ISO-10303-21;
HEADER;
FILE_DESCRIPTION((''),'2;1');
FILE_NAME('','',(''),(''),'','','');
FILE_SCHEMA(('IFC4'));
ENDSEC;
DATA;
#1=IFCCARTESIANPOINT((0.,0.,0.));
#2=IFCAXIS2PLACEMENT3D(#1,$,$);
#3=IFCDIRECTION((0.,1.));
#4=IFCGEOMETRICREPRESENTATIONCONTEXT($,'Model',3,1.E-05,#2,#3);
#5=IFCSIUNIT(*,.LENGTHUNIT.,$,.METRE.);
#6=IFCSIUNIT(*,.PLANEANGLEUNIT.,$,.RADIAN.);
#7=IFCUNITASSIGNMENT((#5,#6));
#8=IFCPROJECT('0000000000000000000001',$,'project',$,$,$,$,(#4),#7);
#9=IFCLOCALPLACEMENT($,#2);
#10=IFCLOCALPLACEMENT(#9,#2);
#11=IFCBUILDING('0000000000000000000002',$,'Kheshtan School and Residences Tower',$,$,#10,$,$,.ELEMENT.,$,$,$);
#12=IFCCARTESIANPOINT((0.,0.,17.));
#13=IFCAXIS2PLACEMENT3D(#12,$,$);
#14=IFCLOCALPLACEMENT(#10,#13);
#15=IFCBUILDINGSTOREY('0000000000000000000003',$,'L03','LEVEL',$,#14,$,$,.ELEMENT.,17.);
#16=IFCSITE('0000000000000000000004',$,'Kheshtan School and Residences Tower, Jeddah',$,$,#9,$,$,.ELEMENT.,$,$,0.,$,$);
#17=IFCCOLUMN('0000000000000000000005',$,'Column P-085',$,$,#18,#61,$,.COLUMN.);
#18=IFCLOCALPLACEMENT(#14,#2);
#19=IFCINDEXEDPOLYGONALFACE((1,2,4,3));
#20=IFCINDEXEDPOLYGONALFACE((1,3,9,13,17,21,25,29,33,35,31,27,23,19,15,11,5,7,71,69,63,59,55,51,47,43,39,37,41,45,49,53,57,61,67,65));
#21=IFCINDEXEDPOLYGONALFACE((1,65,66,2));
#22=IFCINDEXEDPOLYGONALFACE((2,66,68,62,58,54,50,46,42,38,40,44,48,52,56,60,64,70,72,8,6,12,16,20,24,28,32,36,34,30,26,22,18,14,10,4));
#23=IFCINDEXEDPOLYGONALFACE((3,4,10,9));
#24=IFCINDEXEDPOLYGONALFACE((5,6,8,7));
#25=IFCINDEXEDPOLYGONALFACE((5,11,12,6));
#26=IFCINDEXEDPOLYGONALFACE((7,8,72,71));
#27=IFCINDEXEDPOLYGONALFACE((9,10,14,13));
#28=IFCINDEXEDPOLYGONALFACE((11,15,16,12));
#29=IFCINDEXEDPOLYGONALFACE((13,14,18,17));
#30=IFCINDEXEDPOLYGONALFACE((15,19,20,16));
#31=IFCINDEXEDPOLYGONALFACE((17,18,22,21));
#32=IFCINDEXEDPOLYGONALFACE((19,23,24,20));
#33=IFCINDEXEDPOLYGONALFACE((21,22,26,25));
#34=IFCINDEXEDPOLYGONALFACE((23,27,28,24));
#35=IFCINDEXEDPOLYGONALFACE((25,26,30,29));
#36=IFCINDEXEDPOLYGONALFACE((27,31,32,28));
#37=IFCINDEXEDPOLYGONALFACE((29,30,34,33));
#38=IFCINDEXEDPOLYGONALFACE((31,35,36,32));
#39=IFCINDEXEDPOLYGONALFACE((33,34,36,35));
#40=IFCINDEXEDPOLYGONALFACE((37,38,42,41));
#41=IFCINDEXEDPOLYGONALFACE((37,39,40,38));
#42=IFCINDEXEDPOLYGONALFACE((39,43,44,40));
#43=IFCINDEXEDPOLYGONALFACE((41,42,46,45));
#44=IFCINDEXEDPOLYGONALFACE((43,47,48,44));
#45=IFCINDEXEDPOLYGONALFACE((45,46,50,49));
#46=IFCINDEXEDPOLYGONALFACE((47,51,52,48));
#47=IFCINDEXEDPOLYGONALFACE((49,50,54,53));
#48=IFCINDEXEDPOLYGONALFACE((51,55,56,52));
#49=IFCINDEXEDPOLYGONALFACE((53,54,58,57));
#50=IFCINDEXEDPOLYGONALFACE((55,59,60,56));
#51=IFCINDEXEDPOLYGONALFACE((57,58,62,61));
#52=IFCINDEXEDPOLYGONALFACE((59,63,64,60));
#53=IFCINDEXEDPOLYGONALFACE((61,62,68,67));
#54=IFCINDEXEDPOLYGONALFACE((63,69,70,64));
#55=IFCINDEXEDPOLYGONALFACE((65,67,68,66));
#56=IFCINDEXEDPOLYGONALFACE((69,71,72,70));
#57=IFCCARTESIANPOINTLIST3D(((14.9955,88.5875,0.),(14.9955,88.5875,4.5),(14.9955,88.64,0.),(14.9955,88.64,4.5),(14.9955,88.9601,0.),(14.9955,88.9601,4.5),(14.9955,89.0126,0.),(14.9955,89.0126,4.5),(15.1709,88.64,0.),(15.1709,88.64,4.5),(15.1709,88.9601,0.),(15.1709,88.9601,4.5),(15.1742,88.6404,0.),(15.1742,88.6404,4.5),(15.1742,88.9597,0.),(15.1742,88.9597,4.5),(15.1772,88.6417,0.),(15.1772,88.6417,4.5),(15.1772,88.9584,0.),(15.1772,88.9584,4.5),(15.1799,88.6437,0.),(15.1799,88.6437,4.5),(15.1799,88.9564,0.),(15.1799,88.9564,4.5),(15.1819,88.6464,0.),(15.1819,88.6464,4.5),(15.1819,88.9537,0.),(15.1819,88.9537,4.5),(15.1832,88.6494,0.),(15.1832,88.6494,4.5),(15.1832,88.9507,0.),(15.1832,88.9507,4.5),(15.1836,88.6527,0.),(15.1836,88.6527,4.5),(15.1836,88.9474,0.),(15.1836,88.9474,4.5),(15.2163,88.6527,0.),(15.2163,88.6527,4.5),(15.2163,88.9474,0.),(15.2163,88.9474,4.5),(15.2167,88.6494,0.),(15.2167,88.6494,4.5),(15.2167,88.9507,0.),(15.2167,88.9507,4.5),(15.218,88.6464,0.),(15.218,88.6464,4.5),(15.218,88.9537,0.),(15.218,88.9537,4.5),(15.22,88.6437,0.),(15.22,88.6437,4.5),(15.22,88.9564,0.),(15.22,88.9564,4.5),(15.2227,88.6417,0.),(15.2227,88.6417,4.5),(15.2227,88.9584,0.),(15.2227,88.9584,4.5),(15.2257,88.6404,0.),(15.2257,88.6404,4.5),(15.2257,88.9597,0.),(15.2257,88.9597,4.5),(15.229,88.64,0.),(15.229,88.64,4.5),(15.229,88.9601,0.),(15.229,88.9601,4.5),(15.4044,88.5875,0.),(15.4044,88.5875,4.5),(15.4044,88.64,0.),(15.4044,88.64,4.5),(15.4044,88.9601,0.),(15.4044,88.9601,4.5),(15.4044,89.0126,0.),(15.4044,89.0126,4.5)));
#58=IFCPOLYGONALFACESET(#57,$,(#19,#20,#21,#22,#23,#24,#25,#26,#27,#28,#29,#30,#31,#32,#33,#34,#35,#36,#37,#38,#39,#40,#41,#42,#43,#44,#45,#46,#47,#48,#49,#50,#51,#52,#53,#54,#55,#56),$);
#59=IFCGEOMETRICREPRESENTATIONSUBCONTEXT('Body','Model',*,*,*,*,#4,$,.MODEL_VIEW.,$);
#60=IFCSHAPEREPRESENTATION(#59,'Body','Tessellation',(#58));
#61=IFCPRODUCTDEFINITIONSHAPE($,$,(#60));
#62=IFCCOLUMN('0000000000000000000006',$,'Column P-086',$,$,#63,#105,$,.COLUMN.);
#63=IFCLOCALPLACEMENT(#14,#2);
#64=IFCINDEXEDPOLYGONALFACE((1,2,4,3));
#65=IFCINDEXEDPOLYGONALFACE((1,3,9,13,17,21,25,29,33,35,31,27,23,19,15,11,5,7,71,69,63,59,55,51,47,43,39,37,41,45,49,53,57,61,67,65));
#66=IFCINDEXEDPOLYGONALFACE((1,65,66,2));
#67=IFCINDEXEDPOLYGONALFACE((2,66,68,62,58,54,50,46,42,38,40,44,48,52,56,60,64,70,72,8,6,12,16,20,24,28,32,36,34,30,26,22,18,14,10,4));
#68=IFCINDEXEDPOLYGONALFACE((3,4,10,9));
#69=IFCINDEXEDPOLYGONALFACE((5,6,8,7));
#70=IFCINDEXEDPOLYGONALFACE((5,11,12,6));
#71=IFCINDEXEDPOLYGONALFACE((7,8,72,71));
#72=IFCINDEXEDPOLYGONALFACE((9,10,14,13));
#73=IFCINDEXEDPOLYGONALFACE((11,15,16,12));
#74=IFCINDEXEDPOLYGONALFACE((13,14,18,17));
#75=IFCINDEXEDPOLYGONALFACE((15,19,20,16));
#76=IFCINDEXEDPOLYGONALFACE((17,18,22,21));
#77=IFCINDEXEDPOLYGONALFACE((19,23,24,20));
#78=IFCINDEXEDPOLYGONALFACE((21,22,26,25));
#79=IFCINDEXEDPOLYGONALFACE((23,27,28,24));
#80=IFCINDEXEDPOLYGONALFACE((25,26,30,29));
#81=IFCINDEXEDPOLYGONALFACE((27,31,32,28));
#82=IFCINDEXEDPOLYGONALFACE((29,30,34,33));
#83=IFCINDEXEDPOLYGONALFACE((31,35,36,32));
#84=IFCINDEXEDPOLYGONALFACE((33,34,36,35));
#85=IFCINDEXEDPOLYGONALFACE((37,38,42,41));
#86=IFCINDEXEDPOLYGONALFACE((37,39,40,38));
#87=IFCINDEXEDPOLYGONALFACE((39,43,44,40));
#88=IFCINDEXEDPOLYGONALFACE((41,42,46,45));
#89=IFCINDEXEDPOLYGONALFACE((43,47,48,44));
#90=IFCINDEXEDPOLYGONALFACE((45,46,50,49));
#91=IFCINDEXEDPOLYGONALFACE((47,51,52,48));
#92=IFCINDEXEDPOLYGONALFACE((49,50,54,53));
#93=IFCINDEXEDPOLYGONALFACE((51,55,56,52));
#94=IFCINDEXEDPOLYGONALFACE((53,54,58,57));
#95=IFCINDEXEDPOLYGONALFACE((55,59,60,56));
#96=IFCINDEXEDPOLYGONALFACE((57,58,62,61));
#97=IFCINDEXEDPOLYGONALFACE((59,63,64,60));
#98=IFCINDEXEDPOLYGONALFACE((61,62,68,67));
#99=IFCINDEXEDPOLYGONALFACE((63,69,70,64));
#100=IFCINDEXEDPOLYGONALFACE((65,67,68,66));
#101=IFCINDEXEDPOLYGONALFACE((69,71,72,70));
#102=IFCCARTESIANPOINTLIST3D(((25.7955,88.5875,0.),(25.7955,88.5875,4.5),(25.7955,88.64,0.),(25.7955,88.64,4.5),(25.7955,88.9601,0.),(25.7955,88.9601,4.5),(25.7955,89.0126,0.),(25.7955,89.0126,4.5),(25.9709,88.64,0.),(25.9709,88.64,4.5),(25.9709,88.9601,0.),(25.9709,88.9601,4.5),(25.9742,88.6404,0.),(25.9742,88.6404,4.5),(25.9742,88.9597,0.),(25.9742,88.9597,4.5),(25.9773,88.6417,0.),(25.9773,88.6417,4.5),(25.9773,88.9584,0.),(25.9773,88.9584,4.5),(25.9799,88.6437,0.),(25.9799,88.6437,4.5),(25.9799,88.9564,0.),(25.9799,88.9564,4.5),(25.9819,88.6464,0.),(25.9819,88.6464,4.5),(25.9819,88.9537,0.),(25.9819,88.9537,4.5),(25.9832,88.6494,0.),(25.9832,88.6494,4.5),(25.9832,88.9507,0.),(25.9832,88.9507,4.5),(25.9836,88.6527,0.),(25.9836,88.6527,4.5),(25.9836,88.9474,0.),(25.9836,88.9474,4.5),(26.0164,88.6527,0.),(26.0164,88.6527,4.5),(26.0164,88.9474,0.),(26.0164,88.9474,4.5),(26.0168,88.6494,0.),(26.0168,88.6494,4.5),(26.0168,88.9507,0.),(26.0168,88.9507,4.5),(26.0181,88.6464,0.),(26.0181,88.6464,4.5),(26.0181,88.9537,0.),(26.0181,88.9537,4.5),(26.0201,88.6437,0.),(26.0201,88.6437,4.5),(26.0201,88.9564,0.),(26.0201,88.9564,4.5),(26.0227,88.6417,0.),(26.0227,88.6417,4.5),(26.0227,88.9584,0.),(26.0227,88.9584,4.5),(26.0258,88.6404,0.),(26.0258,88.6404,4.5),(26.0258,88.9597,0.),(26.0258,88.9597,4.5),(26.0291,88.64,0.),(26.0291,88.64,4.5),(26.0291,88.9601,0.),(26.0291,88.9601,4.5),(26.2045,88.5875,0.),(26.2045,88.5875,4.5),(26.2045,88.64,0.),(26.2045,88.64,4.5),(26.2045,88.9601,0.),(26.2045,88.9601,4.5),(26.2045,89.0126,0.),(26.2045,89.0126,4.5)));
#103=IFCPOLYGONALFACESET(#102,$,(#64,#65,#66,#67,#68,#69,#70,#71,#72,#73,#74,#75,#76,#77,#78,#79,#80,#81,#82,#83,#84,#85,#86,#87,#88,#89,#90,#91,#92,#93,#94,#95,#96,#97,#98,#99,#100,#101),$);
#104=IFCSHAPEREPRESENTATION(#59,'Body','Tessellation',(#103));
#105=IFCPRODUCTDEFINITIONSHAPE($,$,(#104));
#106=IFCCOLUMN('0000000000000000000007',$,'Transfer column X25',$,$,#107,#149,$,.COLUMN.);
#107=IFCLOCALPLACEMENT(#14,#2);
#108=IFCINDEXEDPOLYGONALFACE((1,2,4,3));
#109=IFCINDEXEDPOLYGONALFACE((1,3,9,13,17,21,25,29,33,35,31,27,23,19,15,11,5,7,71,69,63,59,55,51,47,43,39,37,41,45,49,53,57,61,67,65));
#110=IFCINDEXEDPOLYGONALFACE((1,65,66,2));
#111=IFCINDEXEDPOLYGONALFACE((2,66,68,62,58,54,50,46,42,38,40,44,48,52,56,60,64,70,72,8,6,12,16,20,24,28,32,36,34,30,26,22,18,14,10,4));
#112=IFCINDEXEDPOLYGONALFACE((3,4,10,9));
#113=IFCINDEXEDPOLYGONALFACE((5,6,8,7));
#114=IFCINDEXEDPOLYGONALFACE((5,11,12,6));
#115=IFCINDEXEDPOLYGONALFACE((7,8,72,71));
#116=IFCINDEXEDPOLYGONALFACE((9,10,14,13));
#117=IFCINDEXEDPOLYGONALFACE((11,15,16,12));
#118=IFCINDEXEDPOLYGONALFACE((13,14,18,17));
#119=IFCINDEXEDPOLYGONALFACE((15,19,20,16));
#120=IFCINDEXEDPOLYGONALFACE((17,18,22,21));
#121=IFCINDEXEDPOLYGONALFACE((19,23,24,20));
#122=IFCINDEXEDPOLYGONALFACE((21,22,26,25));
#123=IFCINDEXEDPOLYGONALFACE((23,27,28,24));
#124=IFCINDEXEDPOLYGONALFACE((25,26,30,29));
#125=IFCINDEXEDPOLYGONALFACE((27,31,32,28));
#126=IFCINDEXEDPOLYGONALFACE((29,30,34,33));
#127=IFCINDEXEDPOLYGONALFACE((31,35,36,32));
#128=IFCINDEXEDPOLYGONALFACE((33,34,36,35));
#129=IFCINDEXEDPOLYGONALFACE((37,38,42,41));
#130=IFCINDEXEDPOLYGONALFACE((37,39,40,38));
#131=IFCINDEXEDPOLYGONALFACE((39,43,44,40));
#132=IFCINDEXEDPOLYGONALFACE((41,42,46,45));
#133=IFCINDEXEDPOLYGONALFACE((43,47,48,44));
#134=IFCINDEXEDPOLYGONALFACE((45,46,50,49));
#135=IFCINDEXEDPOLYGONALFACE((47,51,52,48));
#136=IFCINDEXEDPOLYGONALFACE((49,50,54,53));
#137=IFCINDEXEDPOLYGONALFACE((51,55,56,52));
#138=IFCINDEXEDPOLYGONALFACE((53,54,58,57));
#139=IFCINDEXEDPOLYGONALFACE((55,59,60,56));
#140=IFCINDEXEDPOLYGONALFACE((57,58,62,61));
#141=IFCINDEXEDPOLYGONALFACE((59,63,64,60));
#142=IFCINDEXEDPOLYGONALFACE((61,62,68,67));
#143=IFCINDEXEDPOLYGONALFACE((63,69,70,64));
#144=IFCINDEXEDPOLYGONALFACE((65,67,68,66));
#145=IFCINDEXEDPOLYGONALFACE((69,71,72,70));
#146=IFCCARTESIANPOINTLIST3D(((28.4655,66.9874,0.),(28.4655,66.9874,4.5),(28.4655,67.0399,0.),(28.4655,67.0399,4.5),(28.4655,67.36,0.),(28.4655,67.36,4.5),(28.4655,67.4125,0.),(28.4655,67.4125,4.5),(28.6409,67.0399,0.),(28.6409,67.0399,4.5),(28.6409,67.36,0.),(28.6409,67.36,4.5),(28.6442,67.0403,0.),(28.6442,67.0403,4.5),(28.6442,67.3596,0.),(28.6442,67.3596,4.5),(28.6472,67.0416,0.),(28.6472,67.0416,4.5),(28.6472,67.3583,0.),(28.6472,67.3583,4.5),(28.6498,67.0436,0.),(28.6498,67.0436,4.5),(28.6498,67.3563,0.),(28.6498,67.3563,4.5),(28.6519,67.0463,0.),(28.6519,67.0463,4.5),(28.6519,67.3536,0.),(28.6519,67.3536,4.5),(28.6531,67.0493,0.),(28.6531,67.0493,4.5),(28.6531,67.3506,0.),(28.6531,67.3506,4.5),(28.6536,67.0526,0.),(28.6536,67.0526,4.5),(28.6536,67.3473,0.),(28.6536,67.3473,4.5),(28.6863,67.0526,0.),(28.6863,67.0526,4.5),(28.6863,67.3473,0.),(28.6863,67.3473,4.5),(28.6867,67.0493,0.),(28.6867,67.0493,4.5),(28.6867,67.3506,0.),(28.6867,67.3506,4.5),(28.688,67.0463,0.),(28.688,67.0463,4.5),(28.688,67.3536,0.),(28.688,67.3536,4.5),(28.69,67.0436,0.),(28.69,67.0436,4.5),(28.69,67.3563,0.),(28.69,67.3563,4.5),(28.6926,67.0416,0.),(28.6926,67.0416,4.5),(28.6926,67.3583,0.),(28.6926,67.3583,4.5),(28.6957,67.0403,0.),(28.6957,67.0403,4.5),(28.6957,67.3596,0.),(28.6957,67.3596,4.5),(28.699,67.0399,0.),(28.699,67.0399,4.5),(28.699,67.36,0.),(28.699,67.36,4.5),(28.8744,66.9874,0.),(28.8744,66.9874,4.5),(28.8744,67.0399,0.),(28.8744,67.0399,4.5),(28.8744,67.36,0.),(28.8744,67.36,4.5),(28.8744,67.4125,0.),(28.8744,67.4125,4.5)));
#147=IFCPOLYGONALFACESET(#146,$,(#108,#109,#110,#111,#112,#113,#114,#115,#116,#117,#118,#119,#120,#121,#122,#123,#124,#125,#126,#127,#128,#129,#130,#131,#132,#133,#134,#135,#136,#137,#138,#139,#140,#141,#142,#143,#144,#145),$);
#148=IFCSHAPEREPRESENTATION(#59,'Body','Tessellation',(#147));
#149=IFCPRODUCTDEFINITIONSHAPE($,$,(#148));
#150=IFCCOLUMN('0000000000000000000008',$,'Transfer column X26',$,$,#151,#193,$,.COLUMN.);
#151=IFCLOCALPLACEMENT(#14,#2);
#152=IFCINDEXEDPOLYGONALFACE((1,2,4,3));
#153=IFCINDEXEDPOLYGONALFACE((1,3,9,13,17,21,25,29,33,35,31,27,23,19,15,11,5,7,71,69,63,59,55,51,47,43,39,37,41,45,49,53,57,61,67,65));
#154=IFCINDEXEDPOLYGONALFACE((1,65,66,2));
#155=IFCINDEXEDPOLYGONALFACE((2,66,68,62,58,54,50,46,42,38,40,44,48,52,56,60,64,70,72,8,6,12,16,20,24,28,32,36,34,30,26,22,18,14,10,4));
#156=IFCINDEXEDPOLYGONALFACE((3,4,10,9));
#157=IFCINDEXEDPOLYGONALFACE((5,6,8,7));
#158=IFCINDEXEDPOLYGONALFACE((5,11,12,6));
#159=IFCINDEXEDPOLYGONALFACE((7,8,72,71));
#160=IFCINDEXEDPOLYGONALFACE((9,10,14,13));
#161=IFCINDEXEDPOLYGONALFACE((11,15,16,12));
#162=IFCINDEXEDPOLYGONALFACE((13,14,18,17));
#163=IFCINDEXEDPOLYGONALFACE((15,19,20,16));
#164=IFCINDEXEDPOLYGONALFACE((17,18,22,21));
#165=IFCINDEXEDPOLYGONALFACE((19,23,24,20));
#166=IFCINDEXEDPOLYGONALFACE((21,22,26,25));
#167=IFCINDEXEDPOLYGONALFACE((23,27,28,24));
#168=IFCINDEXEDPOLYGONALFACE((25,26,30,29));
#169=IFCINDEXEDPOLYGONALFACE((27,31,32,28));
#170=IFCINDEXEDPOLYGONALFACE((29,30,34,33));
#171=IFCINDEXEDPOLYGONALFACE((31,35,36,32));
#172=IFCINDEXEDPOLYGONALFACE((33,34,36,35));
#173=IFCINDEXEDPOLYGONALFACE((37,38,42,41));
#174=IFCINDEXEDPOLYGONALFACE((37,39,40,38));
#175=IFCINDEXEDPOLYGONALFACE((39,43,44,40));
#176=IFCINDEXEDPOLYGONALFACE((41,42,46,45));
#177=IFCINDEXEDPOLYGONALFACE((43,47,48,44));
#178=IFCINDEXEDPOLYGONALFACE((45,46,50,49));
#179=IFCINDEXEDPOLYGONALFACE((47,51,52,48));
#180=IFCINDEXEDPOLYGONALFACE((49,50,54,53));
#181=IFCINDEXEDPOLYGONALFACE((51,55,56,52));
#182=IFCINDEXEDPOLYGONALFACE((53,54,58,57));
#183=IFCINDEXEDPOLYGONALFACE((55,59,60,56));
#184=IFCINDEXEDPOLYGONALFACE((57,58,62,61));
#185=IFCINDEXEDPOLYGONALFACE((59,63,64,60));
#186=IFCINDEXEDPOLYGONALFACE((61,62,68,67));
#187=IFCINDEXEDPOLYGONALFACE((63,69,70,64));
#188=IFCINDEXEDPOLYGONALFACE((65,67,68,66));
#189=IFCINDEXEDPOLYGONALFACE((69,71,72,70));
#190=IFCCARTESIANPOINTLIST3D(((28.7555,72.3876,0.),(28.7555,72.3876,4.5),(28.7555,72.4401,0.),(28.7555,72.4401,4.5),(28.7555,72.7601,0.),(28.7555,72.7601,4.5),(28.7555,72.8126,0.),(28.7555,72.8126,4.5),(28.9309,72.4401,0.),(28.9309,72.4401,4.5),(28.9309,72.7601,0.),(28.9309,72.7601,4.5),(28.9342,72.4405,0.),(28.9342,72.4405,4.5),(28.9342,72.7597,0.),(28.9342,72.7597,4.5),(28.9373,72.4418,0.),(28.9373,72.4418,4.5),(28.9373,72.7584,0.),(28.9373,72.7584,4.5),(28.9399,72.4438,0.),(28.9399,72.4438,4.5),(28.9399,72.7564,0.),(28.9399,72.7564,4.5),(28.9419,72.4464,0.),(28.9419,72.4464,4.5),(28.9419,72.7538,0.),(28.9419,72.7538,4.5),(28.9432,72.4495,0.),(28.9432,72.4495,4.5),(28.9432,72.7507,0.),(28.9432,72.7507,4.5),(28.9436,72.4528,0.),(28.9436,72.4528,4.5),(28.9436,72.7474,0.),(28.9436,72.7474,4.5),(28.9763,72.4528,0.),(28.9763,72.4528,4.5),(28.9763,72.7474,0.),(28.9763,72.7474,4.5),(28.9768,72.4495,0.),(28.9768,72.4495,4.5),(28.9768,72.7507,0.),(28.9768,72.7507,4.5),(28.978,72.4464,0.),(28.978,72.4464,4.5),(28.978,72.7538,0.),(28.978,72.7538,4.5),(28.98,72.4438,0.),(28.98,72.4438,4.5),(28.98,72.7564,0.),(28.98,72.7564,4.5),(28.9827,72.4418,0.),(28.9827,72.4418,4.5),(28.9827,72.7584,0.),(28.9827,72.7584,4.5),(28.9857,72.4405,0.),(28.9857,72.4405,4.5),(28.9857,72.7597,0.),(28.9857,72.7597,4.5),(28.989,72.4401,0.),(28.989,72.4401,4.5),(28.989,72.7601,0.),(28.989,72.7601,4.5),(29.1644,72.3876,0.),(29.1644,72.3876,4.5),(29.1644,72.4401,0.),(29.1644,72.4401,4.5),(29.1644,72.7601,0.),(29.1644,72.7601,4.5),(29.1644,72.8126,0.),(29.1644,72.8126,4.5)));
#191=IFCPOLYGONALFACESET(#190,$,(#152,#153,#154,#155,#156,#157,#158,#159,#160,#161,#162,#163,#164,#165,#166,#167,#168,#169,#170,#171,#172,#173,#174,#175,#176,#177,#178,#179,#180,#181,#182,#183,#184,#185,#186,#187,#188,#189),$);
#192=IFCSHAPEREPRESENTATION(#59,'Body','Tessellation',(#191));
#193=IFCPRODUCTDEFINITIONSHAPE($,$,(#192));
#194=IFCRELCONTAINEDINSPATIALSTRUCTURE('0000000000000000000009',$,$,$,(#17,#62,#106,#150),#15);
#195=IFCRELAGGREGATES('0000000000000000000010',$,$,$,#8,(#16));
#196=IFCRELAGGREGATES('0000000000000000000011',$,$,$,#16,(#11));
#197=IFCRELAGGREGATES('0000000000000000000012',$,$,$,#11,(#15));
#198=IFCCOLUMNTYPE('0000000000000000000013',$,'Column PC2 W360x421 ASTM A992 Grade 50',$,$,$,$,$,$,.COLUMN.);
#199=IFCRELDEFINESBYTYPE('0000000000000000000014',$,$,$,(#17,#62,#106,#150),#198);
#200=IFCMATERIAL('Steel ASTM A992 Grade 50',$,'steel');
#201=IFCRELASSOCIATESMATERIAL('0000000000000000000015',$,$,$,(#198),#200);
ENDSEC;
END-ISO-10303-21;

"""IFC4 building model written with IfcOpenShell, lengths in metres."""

from ifc_helpers import new_model, si_unit, direction, frame, origin, origin_2d, place, context, subcontext, project, spatial, i_section, extrude, material, material_profile, profile_set, type_object, element, save


model = new_model("IFC4")

# Units and contexts
model_context = context("Model", 3, precision=1e-05, world=origin(), true_north=direction((0.0, 1.0)))
body_context = subcontext(model_context, "Body", "Model", "MODEL_VIEW")
ifc_project = project(units=[si_unit("LENGTHUNIT", "METRE"), si_unit("PLANEANGLEUNIT", "RADIAN")], contexts=[model_context])

# Site, building, storey
site_placement = place(None, origin())
site = spatial("IfcSite", under=ifc_project, at=site_placement, Name="Kheshtan School and Residences Tower, Jeddah", CompositionType="ELEMENT", RefElevation=0.0)
building_placement = place(site_placement, origin())
building = spatial("IfcBuilding", under=site, at=building_placement, Name="Kheshtan School and Residences Tower", CompositionType="ELEMENT")
storey_placement = place(building_placement, frame((0.0, 0.0, 17.0)))
storey = spatial("IfcBuildingStorey", under=building, at=storey_placement, Name="L03", Description="LEVEL", CompositionType="ELEMENT", Elevation=17.0)

# Columns
ifc_material_1 = material(Name="Steel ASTM A992 Grade 50", Category="steel")
ifc_material_profile_1 = material_profile(ifc_material_1, i_section(OverallWidth=0.4089, OverallDepth=0.425, WebThickness=0.0327, FlangeThickness=0.0525, FilletRadius=0.0127, at=origin_2d()), Name="W360x421")
ifc_profile_set_1 = profile_set([ifc_material_profile_1], Name="Steel ASTM A992 Grade 50")
column_type = type_object("IfcColumnType", Name="Column PC2 W360x421 ASTM A992 Grade 50", PredefinedType="COLUMN", material=ifc_profile_set_1)
for number, where, z_axis, x_axis, name in (
    (1, (15.2, 88.8, 0.0), (0.0, 0.0, 1.0), (1.0, 0.0, 0.0), "Column P-085"),
    (2, (26.0, 88.8, 0.0), (0.0, 0.0, 1.0), (1.0, 0.0, 0.0), "Column P-086"),
    (3, (28.6699, 67.2, 0.0), (0.0, 0.0, 1.0), (1.0, 0.0, 0.0), "Transfer column X25"),
    (4, (28.96, 72.6001, 0.0), (0.0, 0.0, 1.0), (1.0, 0.0, 0.0), "Transfer column X26"),
):
    element("IfcColumn", number, at=place(storey_placement, frame(where, z_axis=z_axis, x_axis=x_axis)), inside=storey, type_object=column_type, Name=name, PredefinedType="COLUMN", context=body_context, shape_type="SweptSolid", body=[
        extrude(i_section(OverallWidth=0.4089, OverallDepth=0.425, WebThickness=0.0327, FlangeThickness=0.0525, FilletRadius=0.0127, at=origin_2d()), origin(), (0.0, 0.0, 1.0), 4.5),
    ])

save(model, "model.ifc")
